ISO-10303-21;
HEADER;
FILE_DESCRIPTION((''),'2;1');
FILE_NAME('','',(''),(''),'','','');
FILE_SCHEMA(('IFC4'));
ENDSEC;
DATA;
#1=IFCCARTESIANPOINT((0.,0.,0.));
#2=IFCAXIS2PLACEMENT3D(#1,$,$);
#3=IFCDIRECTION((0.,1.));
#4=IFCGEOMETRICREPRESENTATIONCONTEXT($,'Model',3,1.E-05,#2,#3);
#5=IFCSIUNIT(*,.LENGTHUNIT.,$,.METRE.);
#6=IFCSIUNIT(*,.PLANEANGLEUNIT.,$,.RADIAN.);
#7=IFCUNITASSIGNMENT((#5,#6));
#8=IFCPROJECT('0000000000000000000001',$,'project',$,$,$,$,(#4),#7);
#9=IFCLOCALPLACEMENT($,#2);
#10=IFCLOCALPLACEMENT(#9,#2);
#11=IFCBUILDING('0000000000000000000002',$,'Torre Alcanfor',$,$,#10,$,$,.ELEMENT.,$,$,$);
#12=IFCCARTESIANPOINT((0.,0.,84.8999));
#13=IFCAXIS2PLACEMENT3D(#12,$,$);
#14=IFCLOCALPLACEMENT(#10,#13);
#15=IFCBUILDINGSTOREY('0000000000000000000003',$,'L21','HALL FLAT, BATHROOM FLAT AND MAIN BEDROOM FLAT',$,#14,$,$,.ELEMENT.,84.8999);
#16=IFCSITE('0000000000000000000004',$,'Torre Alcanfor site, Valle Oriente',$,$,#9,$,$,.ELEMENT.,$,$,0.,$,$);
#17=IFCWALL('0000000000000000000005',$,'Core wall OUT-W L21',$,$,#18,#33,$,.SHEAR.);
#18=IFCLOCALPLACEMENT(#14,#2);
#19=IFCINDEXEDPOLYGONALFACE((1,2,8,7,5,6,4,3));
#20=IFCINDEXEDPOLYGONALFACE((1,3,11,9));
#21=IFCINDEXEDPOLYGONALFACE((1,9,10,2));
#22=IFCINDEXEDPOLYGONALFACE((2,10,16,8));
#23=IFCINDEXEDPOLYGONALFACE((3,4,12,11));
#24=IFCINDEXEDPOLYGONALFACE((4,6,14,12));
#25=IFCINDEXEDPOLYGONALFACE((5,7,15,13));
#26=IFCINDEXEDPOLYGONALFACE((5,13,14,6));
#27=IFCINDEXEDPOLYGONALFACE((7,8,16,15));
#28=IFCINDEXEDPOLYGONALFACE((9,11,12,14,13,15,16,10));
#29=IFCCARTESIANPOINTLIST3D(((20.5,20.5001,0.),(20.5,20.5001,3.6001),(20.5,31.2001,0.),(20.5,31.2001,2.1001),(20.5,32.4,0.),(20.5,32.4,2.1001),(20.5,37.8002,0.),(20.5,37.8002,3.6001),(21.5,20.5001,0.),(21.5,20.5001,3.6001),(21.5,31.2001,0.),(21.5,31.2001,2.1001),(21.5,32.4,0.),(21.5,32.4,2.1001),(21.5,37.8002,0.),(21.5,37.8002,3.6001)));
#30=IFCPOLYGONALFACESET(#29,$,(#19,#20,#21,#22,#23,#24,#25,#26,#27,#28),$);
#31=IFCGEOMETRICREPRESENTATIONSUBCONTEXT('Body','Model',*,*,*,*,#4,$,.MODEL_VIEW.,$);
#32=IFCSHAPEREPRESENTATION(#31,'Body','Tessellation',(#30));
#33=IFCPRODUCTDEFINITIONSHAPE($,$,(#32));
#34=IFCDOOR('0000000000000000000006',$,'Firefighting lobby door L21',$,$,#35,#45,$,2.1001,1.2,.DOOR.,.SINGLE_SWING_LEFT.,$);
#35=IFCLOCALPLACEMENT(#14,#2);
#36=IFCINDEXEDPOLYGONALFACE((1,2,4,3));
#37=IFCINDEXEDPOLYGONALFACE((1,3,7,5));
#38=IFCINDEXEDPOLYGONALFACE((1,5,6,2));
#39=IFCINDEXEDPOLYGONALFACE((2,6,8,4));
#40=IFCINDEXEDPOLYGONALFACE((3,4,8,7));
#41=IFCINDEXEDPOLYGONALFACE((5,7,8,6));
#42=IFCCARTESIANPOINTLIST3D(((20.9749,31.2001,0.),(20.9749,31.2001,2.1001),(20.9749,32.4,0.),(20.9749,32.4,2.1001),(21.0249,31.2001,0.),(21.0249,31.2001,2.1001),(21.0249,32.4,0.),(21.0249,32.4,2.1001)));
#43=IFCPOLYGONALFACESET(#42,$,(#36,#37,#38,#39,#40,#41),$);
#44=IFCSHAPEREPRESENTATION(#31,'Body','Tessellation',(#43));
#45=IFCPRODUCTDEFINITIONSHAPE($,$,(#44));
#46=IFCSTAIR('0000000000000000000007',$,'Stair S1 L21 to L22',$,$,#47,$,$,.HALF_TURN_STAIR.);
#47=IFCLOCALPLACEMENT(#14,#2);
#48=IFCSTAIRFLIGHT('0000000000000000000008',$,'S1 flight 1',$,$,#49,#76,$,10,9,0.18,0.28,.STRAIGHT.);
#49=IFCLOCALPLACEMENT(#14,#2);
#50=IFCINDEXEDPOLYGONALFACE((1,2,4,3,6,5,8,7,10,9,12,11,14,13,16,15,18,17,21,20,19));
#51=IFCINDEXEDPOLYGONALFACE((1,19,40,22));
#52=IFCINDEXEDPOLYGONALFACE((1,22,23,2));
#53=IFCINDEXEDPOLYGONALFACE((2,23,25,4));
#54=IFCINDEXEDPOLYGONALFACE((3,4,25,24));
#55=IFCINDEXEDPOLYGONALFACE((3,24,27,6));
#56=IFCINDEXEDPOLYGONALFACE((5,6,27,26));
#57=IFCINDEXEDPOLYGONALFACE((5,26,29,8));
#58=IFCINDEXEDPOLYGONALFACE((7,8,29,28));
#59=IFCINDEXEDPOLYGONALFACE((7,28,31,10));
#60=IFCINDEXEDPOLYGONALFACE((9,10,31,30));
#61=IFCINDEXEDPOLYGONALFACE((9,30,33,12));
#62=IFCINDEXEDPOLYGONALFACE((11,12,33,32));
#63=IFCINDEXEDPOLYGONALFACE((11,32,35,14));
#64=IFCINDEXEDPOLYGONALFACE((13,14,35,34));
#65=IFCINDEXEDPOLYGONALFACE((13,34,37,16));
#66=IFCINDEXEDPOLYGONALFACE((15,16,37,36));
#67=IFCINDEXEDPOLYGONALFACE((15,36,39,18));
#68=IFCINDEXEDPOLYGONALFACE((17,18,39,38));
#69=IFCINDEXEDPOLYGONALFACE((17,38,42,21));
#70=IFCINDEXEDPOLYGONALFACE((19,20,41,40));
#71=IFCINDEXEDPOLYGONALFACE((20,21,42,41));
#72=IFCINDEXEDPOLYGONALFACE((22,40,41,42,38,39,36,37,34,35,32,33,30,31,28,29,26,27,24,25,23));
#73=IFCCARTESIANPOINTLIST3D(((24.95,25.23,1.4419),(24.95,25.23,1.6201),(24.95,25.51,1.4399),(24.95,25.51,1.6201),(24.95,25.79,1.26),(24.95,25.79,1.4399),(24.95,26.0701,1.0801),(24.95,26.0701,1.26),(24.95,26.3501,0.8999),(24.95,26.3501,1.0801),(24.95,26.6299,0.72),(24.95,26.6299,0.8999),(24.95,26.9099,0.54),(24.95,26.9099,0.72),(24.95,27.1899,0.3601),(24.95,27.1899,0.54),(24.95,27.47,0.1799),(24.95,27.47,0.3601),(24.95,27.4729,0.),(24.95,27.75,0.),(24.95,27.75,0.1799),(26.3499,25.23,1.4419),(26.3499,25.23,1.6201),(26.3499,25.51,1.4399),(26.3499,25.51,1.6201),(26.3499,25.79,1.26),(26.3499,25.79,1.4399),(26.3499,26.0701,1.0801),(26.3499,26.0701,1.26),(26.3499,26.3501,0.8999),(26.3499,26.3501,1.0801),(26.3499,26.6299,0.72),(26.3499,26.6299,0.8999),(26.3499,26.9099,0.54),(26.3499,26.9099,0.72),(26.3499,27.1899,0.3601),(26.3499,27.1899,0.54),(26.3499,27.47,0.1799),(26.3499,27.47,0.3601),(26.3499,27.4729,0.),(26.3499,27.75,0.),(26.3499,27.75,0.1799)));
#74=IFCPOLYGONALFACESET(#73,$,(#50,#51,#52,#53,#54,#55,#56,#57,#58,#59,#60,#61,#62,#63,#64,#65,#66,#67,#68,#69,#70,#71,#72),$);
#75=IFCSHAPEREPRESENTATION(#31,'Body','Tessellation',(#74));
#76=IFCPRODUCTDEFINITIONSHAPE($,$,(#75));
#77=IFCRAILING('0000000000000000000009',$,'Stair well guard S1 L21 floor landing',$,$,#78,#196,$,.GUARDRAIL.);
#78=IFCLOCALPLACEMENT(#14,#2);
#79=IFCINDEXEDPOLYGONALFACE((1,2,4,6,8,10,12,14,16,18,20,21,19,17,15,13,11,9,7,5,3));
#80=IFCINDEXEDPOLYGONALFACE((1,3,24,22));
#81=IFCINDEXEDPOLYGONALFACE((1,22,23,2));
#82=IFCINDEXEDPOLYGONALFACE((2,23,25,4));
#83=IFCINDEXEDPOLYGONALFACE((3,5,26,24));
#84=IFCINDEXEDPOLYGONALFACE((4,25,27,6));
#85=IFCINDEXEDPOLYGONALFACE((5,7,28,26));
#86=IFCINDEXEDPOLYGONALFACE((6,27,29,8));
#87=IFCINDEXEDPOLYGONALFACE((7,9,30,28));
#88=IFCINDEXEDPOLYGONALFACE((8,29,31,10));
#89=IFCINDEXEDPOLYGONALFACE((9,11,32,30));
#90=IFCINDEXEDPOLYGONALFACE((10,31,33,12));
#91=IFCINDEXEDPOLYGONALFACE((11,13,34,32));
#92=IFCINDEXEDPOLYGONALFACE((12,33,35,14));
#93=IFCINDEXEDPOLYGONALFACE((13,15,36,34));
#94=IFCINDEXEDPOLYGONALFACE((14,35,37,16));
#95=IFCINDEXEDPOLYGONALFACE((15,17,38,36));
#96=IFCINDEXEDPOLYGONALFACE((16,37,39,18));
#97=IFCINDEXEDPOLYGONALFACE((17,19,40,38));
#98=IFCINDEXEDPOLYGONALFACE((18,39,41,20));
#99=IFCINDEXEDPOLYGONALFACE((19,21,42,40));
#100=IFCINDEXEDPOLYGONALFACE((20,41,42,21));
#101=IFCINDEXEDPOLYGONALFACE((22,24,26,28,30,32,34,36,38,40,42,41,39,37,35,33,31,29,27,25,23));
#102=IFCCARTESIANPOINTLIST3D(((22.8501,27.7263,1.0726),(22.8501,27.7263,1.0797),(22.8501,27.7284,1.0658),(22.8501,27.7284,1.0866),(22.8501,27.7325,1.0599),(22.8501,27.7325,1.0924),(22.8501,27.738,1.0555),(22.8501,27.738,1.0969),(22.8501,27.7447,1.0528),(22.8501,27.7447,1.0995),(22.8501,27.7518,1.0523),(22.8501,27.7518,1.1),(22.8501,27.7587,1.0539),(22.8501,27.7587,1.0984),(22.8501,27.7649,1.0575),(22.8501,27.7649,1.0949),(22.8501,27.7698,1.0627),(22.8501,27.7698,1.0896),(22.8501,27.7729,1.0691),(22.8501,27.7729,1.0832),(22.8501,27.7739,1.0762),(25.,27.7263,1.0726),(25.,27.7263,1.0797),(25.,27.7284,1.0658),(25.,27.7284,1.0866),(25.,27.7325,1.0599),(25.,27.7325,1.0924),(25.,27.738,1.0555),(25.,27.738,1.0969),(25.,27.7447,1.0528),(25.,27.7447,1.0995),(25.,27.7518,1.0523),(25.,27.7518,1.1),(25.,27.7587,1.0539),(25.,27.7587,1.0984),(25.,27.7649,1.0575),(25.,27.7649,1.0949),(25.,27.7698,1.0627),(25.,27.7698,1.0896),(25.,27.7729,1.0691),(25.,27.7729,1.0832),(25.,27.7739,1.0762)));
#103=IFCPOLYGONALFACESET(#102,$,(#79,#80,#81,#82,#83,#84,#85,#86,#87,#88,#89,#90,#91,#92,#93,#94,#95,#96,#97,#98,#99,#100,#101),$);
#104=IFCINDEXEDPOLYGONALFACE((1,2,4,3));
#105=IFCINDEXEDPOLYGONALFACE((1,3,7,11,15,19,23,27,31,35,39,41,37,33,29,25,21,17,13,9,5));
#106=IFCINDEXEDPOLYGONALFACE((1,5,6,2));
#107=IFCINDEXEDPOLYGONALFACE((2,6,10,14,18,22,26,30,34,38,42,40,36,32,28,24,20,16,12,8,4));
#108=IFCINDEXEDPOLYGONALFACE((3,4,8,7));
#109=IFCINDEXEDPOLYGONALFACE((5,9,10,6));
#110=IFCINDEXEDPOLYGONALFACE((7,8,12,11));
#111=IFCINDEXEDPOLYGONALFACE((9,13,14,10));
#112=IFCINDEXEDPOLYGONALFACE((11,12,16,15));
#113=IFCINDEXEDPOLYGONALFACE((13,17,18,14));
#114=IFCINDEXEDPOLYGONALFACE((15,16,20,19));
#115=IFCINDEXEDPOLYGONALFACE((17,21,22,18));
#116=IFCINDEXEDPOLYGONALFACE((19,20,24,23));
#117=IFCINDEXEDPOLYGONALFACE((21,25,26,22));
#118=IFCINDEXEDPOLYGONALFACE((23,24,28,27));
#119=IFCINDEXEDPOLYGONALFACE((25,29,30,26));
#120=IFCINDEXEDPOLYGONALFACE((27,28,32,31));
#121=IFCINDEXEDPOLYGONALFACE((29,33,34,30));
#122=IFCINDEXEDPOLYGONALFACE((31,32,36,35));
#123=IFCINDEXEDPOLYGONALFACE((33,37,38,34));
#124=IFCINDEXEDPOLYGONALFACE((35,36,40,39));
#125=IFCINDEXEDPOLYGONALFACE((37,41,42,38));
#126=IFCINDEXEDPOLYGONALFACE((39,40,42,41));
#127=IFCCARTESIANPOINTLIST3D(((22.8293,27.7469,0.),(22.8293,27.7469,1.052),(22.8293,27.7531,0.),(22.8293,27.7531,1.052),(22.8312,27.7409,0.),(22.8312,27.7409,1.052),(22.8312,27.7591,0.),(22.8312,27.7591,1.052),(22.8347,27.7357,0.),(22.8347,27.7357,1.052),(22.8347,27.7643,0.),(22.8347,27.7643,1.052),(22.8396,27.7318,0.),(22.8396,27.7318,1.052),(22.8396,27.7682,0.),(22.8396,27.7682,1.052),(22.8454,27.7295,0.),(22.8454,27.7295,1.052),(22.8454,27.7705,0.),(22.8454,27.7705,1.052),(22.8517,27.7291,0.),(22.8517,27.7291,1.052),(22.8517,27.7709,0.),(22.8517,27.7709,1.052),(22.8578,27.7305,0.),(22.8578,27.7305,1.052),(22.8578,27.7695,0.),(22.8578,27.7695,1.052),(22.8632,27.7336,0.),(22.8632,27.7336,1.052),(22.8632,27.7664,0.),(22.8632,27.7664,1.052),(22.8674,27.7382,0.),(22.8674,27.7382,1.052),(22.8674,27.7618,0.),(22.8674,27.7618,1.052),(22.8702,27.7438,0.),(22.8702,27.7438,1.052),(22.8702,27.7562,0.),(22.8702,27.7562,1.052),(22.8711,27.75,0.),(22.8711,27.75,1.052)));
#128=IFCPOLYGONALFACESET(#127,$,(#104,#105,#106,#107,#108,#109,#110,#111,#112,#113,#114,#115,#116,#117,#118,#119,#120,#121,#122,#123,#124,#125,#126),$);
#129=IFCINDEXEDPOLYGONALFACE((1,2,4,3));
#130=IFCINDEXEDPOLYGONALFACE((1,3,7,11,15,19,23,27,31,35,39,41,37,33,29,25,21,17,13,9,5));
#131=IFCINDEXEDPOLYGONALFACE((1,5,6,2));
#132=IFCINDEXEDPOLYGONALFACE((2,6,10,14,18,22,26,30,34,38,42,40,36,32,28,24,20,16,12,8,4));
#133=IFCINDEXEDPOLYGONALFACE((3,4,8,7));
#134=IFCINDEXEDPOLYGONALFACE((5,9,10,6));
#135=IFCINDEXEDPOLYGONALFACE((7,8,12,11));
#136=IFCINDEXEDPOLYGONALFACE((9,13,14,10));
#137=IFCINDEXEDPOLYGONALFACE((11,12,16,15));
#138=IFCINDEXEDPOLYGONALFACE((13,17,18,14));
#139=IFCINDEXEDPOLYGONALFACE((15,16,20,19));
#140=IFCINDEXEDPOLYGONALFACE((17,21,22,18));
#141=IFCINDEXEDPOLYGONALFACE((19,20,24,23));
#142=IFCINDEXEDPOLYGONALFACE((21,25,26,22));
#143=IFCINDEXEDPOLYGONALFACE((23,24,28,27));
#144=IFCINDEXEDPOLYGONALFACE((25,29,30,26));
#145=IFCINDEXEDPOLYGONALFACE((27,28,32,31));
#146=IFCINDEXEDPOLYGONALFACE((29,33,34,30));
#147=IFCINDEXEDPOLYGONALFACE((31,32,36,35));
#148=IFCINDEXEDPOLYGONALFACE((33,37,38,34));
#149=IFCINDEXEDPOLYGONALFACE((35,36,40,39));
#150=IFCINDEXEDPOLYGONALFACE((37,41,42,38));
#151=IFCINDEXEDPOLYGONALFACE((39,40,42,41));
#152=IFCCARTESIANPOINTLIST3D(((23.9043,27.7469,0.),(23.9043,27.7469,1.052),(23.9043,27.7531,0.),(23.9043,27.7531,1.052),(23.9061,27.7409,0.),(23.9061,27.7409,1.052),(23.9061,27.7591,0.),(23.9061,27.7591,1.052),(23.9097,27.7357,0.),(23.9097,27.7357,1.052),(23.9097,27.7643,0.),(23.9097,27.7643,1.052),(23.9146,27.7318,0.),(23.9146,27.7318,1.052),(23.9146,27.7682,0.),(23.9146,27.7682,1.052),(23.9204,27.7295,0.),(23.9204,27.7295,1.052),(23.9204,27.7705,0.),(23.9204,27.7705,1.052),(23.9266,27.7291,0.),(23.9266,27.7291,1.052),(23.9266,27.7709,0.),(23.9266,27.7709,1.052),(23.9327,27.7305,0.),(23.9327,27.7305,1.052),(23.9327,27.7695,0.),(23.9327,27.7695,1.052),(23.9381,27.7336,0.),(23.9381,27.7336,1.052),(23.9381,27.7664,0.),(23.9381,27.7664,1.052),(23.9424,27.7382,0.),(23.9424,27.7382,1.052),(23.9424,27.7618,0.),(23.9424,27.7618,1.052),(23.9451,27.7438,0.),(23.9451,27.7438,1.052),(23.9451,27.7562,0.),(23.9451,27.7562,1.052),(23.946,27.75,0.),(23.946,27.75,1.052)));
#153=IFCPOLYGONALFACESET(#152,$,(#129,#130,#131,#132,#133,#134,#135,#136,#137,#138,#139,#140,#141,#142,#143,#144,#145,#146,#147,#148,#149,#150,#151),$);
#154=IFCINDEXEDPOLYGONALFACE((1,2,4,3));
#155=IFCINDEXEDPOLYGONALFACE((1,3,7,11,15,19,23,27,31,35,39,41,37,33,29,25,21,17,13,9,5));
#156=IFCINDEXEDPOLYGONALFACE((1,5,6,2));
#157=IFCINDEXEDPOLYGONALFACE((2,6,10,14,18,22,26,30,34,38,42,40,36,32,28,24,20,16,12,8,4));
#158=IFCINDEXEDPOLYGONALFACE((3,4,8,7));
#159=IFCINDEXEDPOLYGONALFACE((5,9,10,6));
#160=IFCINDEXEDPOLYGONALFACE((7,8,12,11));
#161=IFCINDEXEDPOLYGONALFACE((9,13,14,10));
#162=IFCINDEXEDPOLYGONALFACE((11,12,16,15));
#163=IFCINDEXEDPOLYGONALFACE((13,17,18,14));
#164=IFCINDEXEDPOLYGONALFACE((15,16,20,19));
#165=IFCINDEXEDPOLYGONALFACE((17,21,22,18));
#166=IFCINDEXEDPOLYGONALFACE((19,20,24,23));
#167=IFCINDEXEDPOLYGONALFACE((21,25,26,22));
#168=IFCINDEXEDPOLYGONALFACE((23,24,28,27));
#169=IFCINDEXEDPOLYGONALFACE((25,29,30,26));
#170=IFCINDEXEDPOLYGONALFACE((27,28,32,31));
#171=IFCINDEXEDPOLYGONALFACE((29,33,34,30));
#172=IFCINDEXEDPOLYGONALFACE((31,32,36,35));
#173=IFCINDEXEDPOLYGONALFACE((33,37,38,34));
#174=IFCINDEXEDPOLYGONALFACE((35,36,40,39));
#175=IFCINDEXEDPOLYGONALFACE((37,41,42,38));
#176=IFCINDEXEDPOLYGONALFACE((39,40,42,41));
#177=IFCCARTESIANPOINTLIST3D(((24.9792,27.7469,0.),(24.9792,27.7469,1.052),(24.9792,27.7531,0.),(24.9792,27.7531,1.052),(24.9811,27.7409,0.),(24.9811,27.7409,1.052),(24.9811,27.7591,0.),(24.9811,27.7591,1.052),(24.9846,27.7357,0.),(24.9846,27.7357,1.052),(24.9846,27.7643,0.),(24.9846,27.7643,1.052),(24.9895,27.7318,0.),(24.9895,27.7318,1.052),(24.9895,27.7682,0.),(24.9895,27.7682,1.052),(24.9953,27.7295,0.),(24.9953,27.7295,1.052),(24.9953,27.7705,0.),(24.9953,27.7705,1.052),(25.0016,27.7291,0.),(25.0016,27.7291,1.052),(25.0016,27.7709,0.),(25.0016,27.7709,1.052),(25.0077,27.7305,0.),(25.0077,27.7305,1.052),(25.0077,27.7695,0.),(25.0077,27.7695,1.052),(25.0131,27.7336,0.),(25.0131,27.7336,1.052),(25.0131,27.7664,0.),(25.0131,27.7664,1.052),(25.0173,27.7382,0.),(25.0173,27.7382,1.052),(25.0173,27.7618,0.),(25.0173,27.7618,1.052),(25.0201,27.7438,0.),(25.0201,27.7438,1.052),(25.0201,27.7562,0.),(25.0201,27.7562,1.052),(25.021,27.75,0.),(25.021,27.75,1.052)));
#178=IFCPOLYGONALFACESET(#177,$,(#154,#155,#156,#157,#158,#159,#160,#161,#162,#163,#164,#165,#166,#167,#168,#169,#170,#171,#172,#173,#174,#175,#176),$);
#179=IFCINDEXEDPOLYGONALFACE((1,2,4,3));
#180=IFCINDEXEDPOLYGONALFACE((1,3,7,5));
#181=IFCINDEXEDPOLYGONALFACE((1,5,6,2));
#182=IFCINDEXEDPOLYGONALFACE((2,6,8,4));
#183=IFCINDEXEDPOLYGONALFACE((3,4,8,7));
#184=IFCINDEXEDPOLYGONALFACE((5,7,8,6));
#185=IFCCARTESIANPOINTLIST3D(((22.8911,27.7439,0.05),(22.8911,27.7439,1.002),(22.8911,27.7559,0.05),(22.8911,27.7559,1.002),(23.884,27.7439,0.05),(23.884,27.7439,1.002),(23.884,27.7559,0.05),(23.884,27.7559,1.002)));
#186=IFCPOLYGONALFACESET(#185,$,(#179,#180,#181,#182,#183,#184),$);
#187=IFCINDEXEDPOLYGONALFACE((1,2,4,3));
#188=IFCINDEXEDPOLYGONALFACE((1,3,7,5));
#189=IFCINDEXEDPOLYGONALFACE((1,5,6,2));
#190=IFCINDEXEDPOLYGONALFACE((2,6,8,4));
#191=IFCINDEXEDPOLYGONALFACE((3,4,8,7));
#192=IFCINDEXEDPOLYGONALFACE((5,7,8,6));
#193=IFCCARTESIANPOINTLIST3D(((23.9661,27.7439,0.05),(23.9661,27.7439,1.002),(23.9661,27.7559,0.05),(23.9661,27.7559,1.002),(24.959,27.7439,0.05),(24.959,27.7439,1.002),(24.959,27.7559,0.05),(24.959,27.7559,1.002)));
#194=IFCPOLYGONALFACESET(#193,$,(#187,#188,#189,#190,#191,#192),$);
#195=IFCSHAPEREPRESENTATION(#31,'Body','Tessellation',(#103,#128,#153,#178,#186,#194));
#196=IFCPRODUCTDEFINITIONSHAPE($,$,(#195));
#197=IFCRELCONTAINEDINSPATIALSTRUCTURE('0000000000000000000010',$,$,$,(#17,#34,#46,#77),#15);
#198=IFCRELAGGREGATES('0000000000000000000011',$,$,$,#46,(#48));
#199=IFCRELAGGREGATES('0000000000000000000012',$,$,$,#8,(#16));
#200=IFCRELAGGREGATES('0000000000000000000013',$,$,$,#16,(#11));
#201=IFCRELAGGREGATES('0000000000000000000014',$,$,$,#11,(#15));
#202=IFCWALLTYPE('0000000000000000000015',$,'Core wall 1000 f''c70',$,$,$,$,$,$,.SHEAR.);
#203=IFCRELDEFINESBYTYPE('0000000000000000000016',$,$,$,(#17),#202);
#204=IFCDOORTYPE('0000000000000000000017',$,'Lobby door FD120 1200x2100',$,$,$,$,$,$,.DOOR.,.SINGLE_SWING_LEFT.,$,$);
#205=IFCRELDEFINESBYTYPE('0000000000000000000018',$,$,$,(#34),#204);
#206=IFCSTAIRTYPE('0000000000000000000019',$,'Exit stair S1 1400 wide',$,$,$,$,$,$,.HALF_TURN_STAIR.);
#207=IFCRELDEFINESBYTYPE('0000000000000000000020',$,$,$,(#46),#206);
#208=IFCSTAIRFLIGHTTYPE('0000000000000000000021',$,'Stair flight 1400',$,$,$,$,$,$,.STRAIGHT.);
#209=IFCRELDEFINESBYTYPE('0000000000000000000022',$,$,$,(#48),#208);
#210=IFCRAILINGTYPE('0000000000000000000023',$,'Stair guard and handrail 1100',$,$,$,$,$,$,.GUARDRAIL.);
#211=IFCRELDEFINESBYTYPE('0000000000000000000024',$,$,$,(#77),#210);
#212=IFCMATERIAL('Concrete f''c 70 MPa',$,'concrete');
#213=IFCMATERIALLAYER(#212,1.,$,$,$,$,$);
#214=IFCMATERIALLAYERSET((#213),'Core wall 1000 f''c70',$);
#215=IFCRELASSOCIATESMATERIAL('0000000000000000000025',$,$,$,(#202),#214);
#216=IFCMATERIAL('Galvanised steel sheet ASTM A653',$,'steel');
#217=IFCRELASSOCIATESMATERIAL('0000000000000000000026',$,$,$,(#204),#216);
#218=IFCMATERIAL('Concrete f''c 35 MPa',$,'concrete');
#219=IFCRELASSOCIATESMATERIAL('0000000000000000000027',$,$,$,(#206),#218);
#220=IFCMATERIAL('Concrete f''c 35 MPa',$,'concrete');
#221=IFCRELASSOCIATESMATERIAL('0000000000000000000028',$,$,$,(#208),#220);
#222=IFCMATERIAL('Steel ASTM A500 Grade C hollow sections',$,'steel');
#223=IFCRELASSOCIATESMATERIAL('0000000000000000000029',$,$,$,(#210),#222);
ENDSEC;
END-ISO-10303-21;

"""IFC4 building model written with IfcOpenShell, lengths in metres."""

from ifc_helpers import new_model, si_unit, direction, frame, frame_2d, origin, origin_2d, place, context, subcontext, project, spatial, polyline, rectangle, circle, outline, extrude, material, layer, layer_set, type_object, element, fill, aggregate, save


model = new_model("IFC4")

# Units and contexts
model_context = context("Model", 3, precision=1e-05, world=origin(), true_north=direction((0.0, 1.0)))
body_context = subcontext(model_context, "Body", "Model", "MODEL_VIEW")
ifc_project = project(units=[si_unit("LENGTHUNIT", "METRE"), si_unit("PLANEANGLEUNIT", "RADIAN")], contexts=[model_context])

# Site, building, storey
site_placement = place(None, origin())
site = spatial("IfcSite", under=ifc_project, at=site_placement, Name="Torre Alcanfor site, Valle Oriente", CompositionType="ELEMENT", RefElevation=0.0)
building_placement = place(site_placement, origin())
building = spatial("IfcBuilding", under=site, at=building_placement, Name="Torre Alcanfor", CompositionType="ELEMENT")
storey_placement = place(building_placement, frame((0.0, 0.0, 84.8999)))
storey = spatial("IfcBuildingStorey", under=building, at=storey_placement, Name="L21", Description="HALL FLAT, BATHROOM FLAT AND MAIN BEDROOM FLAT", CompositionType="ELEMENT", Elevation=84.8999)

# Wall, opening, door
ifc_material_1 = material(Name="Concrete f'c 70 MPa", Category="concrete")
ifc_layer_1 = layer(ifc_material_1, 1.0)
ifc_layer_set_1 = layer_set([ifc_layer_1], Name="Core wall 1000 f'c70")
wall_type_1 = type_object("IfcWallType", Name="Core wall 1000 f'c70", PredefinedType="SHEAR", material=ifc_layer_set_1)
wall_1_placement = place(storey_placement, frame((21.0, 37.8, 0.0), z_axis=(0.0, 0.0, 1.0), x_axis=(0.0, -1.0, 0.0)))
wall_1 = element("IfcWall", 1, at=wall_1_placement, inside=storey, type_object=wall_type_1, Name="Core wall OUT-W L21", PredefinedType="SHEAR", context=body_context, shape_type="SweptSolid", body=[
    extrude(rectangle(XDim=17.3, YDim=1.0, at=frame_2d((8.6499, 0.0))), origin(), (0.0, 0.0, 1.0), 3.6001),
])
opening_1_placement = place(wall_1_placement, frame((5.3999, 0.0, 0.0)))
opening_1 = element("IfcOpeningElement", 2, at=opening_1_placement, cuts=wall_1, PredefinedType="OPENING", context=body_context, shape_type="SweptSolid", body=[
    extrude(rectangle(XDim=1.2, YDim=2.1001, at=frame_2d((0.6001, 1.05))), frame((0.0, 0.51, 0.0), z_axis=(0.0, -1.0, 0.0), x_axis=(1.0, 0.0, 0.0)), (0.0, 0.0, 1.0), 1.02),
])
ifc_material_2 = material(Name="Galvanised steel sheet ASTM A653", Category="steel")
door_type_1 = type_object("IfcDoorType", Name="Lobby door FD120 1200x2100", OperationType="SINGLE_SWING_LEFT", PredefinedType="DOOR", material=ifc_material_2)
door_1_placement = place(opening_1_placement, origin())
door_1 = element("IfcDoor", 3, at=door_1_placement, inside=storey, type_object=door_type_1, Name="Firefighting lobby door L21", OperationType="SINGLE_SWING_LEFT", OverallHeight=2.1001, OverallWidth=1.2, PredefinedType="DOOR", context=body_context, shape_type="SweptSolid", body=[
    extrude(rectangle(XDim=1.2, YDim=2.1001, at=frame_2d((0.6001, 1.05))), frame((0.0, 0.0249, 0.0), z_axis=(0.0, -1.0, 0.0), x_axis=(1.0, 0.0, 0.0)), (0.0, 0.0, 1.0), 0.05),
])
fill(opening_1, door_1)

# Stair, stair flight
ifc_material_3 = material(Name="Concrete f'c 35 MPa", Category="concrete")
stair_type = type_object("IfcStairType", Name="Exit stair S1 1400 wide", PredefinedType="HALF_TURN_STAIR", material=ifc_material_3)
stair_placement = place(storey_placement, origin())
stair = element("IfcStair", 4, at=stair_placement, inside=storey, type_object=stair_type, Name="Stair S1 L21 to L22", PredefinedType="HALF_TURN_STAIR")
ifc_material_4 = material(Name="Concrete f'c 35 MPa", Category="concrete")
stair_flight_type = type_object("IfcStairFlightType", Name="Stair flight 1400", PredefinedType="STRAIGHT", material=ifc_material_4)
stair_flight_placement = place(storey_placement, frame((25.6499, 27.75, 0.0), z_axis=(0.0, 0.0, 1.0), x_axis=(0.0, -1.0, 0.0)))
stair_flight = element("IfcStairFlight", 5, at=stair_flight_placement, type_object=stair_flight_type, Name="S1 flight 1", NumberOfRisers=10, NumberOfTreads=9, PredefinedType="STRAIGHT", RiserHeight=0.18, TreadLength=0.28, context=body_context, shape_type="SweptSolid", body=[
    extrude(outline(polyline([(0.0, 0.0), (0.0, 0.1799), (0.28, 0.1799), (0.28, 0.3601), (0.5601, 0.3601), (0.5601, 0.54), (0.8401, 0.54), (0.8401, 0.72), (1.1201, 0.72), (1.1201, 0.8999), (1.3999, 0.8999), (1.3999, 1.0801), (1.6799, 1.0801), (1.6799, 1.26), (1.96, 1.26), (1.96, 1.4399), (2.24, 1.4399), (2.24, 1.6201), (2.52, 1.6201), (2.52, 1.8), (2.52, 1.4419), (0.2771, 0.0), (0.0, 0.0)])), frame((0.0, 0.7, 0.0), z_axis=(0.0, -1.0, 0.0), x_axis=(1.0, 0.0, 0.0)), (0.0, 0.0, 1.0), 1.3999),
])
aggregate(stair, [stair_flight])

# Railing
ifc_material_5 = material(Name="Steel ASTM A500 Grade C hollow sections", Category="steel")
railing_type_1 = type_object("IfcRailingType", Name="Stair guard and handrail 1100", PredefinedType="GUARDRAIL", material=ifc_material_5)
railing_1_placement = place(storey_placement, frame((22.8501, 27.75, 0.0)))
element("IfcRailing", 6, at=railing_1_placement, inside=storey, type_object=railing_type_1, Name="Stair well guard S1 L21 floor landing", PredefinedType="GUARDRAIL", context=body_context, shape_type="SweptSolid", body=[
    extrude(circle(Radius=0.0239, at=origin_2d()), frame((0.0, 0.0, 1.0762), z_axis=(1.0, 0.0, 0.0), x_axis=(0.0, 1.0, 0.0)), (0.0, 0.0, 1.0), 2.1499),
    extrude(circle(Radius=0.021, at=origin_2d()), origin(), (0.0, 0.0, 1.0), 1.052),
    extrude(circle(Radius=0.021, at=origin_2d()), frame((1.075, 0.0, 0.0)), (0.0, 0.0, 1.0), 1.052),
    extrude(circle(Radius=0.021, at=origin_2d()), frame((2.1499, 0.0, 0.0)), (0.0, 0.0, 1.0), 1.052),
    extrude(outline(polyline([(0.041, 0.05), (1.0339, 0.05), (1.0339, 1.002), (0.041, 1.002), (0.041, 0.05)])), frame((0.0, 0.0059, 0.0), z_axis=(0.0, -1.0, 0.0), x_axis=(1.0, 0.0, 0.0)), (0.0, 0.0, 1.0), 0.012),
    extrude(outline(polyline([(1.116, 0.05), (2.1089, 0.05), (2.1089, 1.002), (1.116, 1.002), (1.116, 0.05)])), frame((0.0, 0.0059, 0.0), z_axis=(0.0, -1.0, 0.0), x_axis=(1.0, 0.0, 0.0)), (0.0, 0.0, 1.0), 0.012),
])

save(model, "model.ifc")
